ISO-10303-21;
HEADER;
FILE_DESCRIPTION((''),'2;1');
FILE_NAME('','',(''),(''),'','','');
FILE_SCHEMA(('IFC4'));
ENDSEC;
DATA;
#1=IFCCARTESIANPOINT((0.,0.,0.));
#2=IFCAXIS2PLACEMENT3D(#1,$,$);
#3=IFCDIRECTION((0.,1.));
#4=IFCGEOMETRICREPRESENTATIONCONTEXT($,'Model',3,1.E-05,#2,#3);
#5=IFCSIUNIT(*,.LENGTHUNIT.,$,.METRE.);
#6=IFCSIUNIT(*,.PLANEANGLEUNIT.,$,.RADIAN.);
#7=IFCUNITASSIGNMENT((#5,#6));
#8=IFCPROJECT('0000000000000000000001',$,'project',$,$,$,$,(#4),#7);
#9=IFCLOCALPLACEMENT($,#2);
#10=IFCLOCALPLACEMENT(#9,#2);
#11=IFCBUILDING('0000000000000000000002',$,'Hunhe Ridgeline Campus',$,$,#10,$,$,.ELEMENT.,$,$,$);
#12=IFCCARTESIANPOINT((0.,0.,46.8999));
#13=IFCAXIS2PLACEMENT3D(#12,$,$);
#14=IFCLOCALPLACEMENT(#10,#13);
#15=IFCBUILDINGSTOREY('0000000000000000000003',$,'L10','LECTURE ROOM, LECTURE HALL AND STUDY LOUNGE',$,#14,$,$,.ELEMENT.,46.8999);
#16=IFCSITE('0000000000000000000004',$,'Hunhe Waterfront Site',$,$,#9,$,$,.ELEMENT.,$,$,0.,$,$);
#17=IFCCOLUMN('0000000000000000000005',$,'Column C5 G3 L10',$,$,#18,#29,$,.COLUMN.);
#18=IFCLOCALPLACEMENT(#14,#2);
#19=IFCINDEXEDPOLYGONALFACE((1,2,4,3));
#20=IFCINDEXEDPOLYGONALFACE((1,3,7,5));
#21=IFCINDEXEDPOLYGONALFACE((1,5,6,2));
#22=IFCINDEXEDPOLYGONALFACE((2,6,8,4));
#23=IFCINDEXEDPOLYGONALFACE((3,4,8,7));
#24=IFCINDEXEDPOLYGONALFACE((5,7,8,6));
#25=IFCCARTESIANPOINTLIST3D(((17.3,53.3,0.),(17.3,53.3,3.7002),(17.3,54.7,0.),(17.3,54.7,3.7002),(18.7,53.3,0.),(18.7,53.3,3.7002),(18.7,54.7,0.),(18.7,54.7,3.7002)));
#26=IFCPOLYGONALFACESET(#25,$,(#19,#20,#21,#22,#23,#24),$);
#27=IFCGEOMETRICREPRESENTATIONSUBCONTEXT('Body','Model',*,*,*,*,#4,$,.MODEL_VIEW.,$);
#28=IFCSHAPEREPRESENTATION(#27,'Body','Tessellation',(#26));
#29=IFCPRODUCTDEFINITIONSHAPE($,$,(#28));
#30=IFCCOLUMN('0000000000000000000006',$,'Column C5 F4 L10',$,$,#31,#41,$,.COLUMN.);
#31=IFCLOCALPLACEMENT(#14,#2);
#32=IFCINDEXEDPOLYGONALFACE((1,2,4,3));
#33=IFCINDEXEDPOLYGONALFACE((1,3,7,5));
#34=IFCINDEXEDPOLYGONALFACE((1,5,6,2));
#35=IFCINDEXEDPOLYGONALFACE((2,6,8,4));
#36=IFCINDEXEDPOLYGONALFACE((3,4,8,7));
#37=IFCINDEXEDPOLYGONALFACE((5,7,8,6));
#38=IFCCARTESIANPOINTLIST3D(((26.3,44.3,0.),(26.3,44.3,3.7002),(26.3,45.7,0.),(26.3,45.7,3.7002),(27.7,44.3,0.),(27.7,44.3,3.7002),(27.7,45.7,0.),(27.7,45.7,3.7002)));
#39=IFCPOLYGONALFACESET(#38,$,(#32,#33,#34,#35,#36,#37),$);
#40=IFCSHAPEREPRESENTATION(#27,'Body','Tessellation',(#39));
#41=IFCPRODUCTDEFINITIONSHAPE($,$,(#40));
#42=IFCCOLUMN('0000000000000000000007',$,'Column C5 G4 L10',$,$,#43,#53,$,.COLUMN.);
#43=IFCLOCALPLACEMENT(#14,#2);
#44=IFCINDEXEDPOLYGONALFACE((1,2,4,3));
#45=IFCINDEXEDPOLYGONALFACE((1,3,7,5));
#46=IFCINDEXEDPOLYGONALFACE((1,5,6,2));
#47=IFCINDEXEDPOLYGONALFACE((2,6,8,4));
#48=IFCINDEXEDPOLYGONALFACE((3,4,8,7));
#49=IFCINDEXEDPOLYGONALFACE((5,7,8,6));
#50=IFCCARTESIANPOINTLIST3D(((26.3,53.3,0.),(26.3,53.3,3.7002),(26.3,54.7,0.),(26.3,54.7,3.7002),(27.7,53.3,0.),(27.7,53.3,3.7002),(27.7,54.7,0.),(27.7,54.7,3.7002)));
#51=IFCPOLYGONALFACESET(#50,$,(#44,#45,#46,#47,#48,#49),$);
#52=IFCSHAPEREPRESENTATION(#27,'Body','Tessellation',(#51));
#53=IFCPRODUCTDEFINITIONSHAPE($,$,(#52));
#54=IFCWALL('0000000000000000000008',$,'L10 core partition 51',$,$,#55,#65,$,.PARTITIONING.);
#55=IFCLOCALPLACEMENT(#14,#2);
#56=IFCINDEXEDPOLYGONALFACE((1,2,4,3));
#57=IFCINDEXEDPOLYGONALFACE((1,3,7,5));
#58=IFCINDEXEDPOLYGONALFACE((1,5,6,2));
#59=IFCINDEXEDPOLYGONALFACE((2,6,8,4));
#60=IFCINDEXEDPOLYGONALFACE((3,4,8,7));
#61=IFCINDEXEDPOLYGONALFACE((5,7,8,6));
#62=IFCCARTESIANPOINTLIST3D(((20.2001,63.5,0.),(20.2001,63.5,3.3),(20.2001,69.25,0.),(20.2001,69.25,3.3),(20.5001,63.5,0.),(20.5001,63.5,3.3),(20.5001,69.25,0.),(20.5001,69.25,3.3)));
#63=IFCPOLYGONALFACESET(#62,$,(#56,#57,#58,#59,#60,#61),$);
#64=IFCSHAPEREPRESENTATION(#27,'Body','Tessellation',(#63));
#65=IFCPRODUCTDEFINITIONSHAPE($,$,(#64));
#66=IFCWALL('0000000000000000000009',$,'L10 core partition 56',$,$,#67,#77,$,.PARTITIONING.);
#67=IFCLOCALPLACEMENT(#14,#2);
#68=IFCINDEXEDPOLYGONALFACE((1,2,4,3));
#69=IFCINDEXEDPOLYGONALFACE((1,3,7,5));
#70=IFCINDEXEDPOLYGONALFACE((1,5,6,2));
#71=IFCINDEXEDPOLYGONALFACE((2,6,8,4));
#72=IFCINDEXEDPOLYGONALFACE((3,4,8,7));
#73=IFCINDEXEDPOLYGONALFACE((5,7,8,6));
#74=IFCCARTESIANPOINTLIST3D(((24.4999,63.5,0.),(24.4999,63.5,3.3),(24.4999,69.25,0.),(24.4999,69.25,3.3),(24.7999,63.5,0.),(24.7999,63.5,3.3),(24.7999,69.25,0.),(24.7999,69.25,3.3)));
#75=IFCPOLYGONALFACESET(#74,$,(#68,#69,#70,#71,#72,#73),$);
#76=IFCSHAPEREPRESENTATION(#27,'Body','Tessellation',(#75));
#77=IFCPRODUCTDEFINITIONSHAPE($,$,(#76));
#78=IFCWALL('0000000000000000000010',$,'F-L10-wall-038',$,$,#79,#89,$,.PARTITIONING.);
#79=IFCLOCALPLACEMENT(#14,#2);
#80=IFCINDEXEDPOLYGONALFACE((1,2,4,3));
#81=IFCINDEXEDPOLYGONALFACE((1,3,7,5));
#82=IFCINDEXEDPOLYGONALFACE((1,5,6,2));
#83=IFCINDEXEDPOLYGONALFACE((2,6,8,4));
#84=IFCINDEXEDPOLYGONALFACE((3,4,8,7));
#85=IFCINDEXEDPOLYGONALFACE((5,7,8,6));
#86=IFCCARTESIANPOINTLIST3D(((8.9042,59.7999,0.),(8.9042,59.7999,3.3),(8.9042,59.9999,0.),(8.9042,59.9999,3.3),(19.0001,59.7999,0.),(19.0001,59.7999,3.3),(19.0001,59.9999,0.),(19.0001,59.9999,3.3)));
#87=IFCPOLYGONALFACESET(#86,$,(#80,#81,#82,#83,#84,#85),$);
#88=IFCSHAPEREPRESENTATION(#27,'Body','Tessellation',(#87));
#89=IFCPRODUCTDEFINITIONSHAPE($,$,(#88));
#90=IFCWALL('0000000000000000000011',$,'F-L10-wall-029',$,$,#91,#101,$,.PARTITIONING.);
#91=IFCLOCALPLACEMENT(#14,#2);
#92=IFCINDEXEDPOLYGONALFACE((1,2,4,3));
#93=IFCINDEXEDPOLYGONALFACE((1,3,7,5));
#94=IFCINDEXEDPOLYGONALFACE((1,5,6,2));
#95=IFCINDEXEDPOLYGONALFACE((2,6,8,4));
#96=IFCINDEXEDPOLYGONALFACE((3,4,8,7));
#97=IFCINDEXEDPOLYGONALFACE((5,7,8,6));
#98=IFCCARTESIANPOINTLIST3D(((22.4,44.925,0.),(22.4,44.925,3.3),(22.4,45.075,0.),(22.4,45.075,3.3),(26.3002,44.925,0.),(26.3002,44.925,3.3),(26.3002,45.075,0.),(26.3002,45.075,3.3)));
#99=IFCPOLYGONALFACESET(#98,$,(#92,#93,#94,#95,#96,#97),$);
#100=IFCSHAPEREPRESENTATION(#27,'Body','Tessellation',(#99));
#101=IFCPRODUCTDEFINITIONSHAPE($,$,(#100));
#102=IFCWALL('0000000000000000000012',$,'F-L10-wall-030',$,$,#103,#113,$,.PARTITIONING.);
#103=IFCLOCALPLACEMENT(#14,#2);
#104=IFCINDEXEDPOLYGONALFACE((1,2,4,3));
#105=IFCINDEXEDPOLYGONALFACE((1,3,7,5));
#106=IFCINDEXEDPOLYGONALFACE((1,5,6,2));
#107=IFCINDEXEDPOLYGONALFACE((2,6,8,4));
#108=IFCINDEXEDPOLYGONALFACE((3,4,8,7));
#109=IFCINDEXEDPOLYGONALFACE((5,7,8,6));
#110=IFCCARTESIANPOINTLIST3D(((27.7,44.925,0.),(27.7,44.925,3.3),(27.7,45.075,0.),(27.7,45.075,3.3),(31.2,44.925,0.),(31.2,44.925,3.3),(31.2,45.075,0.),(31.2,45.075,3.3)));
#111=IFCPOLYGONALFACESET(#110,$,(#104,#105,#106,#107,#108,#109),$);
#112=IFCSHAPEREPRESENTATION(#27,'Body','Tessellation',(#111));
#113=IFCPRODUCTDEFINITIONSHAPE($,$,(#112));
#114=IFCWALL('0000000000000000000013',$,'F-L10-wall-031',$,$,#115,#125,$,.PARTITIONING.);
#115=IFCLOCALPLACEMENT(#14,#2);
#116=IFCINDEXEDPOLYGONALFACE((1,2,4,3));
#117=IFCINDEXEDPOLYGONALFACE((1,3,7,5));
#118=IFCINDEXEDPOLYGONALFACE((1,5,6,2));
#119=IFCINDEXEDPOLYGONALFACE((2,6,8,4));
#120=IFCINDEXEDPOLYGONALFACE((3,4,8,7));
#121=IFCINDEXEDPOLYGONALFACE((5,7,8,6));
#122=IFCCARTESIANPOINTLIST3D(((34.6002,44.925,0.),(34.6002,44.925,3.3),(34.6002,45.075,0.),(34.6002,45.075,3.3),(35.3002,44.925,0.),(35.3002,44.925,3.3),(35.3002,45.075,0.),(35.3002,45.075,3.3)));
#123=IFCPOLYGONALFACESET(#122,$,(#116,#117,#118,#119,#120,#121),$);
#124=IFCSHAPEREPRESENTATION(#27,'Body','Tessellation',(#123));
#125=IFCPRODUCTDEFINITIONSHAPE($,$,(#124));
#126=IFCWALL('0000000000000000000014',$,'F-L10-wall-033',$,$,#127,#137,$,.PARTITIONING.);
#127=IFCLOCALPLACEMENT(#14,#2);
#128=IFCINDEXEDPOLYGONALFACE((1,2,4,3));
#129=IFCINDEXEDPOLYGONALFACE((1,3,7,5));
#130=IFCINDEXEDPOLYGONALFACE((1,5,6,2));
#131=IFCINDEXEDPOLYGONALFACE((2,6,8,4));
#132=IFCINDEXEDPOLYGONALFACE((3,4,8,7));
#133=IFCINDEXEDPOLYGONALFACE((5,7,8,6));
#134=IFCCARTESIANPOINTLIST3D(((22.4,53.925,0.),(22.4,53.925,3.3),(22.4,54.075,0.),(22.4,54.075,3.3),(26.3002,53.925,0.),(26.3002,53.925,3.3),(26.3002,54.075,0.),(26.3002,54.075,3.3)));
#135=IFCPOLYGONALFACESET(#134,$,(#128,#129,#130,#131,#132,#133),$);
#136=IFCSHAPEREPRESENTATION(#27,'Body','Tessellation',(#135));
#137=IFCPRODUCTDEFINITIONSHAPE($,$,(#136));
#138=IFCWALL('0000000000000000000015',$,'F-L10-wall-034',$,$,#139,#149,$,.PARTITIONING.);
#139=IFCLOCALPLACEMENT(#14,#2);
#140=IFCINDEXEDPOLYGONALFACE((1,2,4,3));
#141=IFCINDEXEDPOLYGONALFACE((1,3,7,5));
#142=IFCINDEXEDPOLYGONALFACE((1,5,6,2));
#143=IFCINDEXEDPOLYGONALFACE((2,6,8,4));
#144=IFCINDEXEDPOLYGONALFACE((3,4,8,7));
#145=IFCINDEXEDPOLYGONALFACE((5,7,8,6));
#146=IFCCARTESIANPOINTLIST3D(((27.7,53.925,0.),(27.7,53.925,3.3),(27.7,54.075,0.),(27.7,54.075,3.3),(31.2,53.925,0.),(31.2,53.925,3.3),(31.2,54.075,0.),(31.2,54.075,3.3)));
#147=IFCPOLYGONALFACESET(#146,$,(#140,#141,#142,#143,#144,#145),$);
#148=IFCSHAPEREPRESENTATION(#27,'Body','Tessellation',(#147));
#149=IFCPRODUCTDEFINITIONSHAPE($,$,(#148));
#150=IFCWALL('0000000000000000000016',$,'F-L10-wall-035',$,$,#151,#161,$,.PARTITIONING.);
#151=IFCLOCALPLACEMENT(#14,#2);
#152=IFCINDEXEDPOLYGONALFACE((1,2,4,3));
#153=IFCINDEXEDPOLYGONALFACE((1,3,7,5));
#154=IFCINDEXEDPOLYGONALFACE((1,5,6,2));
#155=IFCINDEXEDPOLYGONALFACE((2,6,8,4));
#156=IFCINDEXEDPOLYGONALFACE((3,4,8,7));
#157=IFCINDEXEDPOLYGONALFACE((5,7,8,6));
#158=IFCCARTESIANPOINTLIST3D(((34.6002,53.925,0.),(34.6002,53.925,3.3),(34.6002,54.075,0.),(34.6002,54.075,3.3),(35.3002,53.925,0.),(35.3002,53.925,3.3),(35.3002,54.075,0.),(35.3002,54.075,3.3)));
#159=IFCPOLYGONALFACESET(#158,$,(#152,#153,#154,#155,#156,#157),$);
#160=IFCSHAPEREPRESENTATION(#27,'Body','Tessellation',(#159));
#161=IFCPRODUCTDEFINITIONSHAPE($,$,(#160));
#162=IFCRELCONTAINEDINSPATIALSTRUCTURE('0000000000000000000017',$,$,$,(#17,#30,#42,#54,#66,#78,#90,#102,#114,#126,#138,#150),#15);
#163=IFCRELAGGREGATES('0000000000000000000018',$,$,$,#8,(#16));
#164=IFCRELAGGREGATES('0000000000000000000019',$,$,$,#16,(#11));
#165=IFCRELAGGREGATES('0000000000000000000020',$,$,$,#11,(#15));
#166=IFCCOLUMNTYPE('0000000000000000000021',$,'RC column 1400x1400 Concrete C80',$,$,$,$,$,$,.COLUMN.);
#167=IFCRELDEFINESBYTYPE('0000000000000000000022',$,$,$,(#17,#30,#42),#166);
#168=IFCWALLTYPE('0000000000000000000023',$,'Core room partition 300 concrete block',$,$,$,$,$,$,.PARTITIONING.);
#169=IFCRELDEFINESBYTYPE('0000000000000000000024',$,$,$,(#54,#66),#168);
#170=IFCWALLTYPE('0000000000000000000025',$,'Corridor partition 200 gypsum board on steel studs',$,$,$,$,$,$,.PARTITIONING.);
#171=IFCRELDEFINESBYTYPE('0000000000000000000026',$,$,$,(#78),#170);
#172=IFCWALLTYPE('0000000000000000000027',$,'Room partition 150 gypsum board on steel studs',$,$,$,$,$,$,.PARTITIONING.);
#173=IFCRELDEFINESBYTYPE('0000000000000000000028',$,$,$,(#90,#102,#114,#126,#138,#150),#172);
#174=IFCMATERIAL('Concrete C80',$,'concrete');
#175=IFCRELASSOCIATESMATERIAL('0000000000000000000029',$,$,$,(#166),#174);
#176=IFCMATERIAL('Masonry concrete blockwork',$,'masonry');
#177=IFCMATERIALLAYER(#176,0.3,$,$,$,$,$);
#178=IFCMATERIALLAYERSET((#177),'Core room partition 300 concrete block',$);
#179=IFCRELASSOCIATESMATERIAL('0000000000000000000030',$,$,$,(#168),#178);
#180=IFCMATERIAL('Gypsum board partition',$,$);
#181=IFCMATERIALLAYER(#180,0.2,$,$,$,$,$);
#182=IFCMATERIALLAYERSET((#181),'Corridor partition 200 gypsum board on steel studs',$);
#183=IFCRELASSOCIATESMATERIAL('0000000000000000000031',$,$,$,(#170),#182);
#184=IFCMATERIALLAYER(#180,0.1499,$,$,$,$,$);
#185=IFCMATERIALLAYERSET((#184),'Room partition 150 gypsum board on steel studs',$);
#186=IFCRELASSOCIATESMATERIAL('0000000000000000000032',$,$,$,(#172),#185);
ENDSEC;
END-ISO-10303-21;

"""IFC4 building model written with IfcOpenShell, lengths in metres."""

from ifc_helpers import new_model, si_unit, direction, frame, frame_2d, origin, origin_2d, place, context, subcontext, project, spatial, rectangle, extrude, material, layer, layer_set, material_profile, profile_set, type_object, element, save


model = new_model("IFC4")

# Units and contexts
model_context = context("Model", 3, precision=1e-05, world=origin(), true_north=direction((0.0, 1.0)))
body_context = subcontext(model_context, "Body", "Model", "MODEL_VIEW")
ifc_project = project(units=[si_unit("LENGTHUNIT", "METRE"), si_unit("PLANEANGLEUNIT", "RADIAN")], contexts=[model_context])

# Site, building, storey
site_placement = place(None, origin())
site = spatial("IfcSite", under=ifc_project, at=site_placement, Name="Hunhe Waterfront Site", CompositionType="ELEMENT", RefElevation=0.0)
building_placement = place(site_placement, origin())
building = spatial("IfcBuilding", under=site, at=building_placement, Name="Hunhe Ridgeline Campus", CompositionType="ELEMENT")
storey_placement = place(building_placement, frame((0.0, 0.0, 46.8999)))
storey = spatial("IfcBuildingStorey", under=building, at=storey_placement, Name="L10", Description="LECTURE ROOM, LECTURE HALL AND STUDY LOUNGE", CompositionType="ELEMENT", Elevation=46.8999)

# Columns
ifc_material_1 = material(Name="Concrete C80", Category="concrete")
ifc_material_profile = material_profile(ifc_material_1, rectangle(XDim=1.3999, YDim=1.3999, at=origin_2d()))
ifc_profile_set = profile_set([ifc_material_profile], Name="Concrete C80")
column_type = type_object("IfcColumnType", Name="RC column 1400x1400 Concrete C80", PredefinedType="COLUMN", material=ifc_profile_set)
for number, where, z_axis, x_axis, name in (
    (1, (18.0, 54.0, 0.0), (0.0, 0.0, 1.0), (1.0, 0.0, 0.0), "Column C5 G3 L10"),
    (2, (27.0, 45.0, 0.0), (0.0, 0.0, 1.0), (1.0, 0.0, 0.0), "Column C5 F4 L10"),
    (3, (27.0, 54.0, 0.0), (0.0, 0.0, 1.0), (1.0, 0.0, 0.0), "Column C5 G4 L10"),
):
    element("IfcColumn", number, at=place(storey_placement, frame(where, z_axis=z_axis, x_axis=x_axis)), inside=storey, type_object=column_type, Name=name, PredefinedType="COLUMN", context=body_context, shape_type="SweptSolid", body=[
        extrude(rectangle(XDim=1.3999, YDim=1.3999, at=origin_2d()), origin(), (0.0, 0.0, 1.0), 3.7002),
    ])

# Walls
ifc_material_2 = material(Name="Masonry concrete blockwork", Category="masonry")
ifc_layer_1 = layer(ifc_material_2, 0.3)
ifc_layer_set_1 = layer_set([ifc_layer_1], Name="Core room partition 300 concrete block")
wall_type_1 = type_object("IfcWallType", Name="Core room partition 300 concrete block", PredefinedType="PARTITIONING", material=ifc_layer_set_1)
for number, where, z_axis, x_axis, name in (
    (4, (20.3501, 63.5, 0.0), (0.0, 0.0, 1.0), (0.0, 1.0, 0.0), "L10 core partition 51"),
    (5, (24.6499, 63.5, 0.0), (0.0, 0.0, 1.0), (0.0, 1.0, 0.0), "L10 core partition 56"),
):
    element("IfcWall", number, at=place(storey_placement, frame(where, z_axis=z_axis, x_axis=x_axis)), inside=storey, type_object=wall_type_1, Name=name, PredefinedType="PARTITIONING", context=body_context, shape_type="SweptSolid", body=[
        extrude(rectangle(XDim=5.75, YDim=0.3, at=frame_2d((2.875, 0.0))), origin(), (0.0, 0.0, 1.0), 3.3),
    ])
ifc_material_3 = material(Name="Gypsum board partition")
ifc_layer_2 = layer(ifc_material_3, 0.2)
ifc_layer_set_2 = layer_set([ifc_layer_2], Name="Corridor partition 200 gypsum board on steel studs")
wall_type_2 = type_object("IfcWallType", Name="Corridor partition 200 gypsum board on steel studs", PredefinedType="PARTITIONING", material=ifc_layer_set_2)
wall_1_placement = place(storey_placement, frame((19.0, 59.8999, 0.0), z_axis=(0.0, 0.0, 1.0), x_axis=(-1.0, 0.0, 0.0)))
element("IfcWall", 6, at=wall_1_placement, inside=storey, type_object=wall_type_2, Name="F-L10-wall-038", PredefinedType="PARTITIONING", context=body_context, shape_type="SweptSolid", body=[
    extrude(rectangle(XDim=10.0959, YDim=0.2, at=frame_2d((5.0479, 0.0))), origin(), (0.0, 0.0, 1.0), 3.3),
])

# Walls
ifc_layer_3 = layer(ifc_material_3, 0.1499)
ifc_layer_set_3 = layer_set([ifc_layer_3], Name="Room partition 150 gypsum board on steel studs")
wall_type_3 = type_object("IfcWallType", Name="Room partition 150 gypsum board on steel studs", PredefinedType="PARTITIONING", material=ifc_layer_set_3)
wall_2_placement = place(storey_placement, frame((22.3999, 45.0, 0.0), z_axis=(0.0, 0.0, 1.0), x_axis=(1.0, 0.0, 0.0)))
element("IfcWall", 7, at=wall_2_placement, inside=storey, type_object=wall_type_3, Name="F-L10-wall-029", PredefinedType="PARTITIONING", context=body_context, shape_type="SweptSolid", body=[
    extrude(rectangle(XDim=3.9001, YDim=0.1499, at=frame_2d((1.9502, 0.0))), origin(), (0.0, 0.0, 1.0), 3.3),
])
wall_3_placement = place(storey_placement, frame((27.7, 45.0, 0.0), z_axis=(0.0, 0.0, 1.0), x_axis=(1.0, 0.0, 0.0)))
element("IfcWall", 8, at=wall_3_placement, inside=storey, type_object=wall_type_3, Name="F-L10-wall-030", PredefinedType="PARTITIONING", context=body_context, shape_type="SweptSolid", body=[
    extrude(rectangle(XDim=3.5, YDim=0.1499, at=frame_2d((1.75, 0.0))), origin(), (0.0, 0.0, 1.0), 3.3),
])
wall_4_placement = place(storey_placement, frame((34.6001, 45.0, 0.0), z_axis=(0.0, 0.0, 1.0), x_axis=(1.0, 0.0, 0.0)))
element("IfcWall", 9, at=wall_4_placement, inside=storey, type_object=wall_type_3, Name="F-L10-wall-031", PredefinedType="PARTITIONING", context=body_context, shape_type="SweptSolid", body=[
    extrude(rectangle(XDim=0.7, YDim=0.1499, at=frame_2d((0.3501, 0.0))), origin(), (0.0, 0.0, 1.0), 3.3),
])
wall_5_placement = place(storey_placement, frame((22.3999, 54.0, 0.0), z_axis=(0.0, 0.0, 1.0), x_axis=(1.0, 0.0, 0.0)))
element("IfcWall", 10, at=wall_5_placement, inside=storey, type_object=wall_type_3, Name="F-L10-wall-033", PredefinedType="PARTITIONING", context=body_context, shape_type="SweptSolid", body=[
    extrude(rectangle(XDim=3.9001, YDim=0.1499, at=frame_2d((1.9502, 0.0))), origin(), (0.0, 0.0, 1.0), 3.3),
])
wall_6_placement = place(storey_placement, frame((27.7, 54.0, 0.0), z_axis=(0.0, 0.0, 1.0), x_axis=(1.0, 0.0, 0.0)))
element("IfcWall", 11, at=wall_6_placement, inside=storey, type_object=wall_type_3, Name="F-L10-wall-034", PredefinedType="PARTITIONING", context=body_context, shape_type="SweptSolid", body=[
    extrude(rectangle(XDim=3.5, YDim=0.1499, at=frame_2d((1.75, 0.0))), origin(), (0.0, 0.0, 1.0), 3.3),
])
wall_7_placement = place(storey_placement, frame((34.6001, 54.0, 0.0), z_axis=(0.0, 0.0, 1.0), x_axis=(1.0, 0.0, 0.0)))
element("IfcWall", 12, at=wall_7_placement, inside=storey, type_object=wall_type_3, Name="F-L10-wall-035", PredefinedType="PARTITIONING", context=body_context, shape_type="SweptSolid", body=[
    extrude(rectangle(XDim=0.7, YDim=0.1499, at=frame_2d((0.3501, 0.0))), origin(), (0.0, 0.0, 1.0), 3.3),
])

save(model, "model.ifc")
